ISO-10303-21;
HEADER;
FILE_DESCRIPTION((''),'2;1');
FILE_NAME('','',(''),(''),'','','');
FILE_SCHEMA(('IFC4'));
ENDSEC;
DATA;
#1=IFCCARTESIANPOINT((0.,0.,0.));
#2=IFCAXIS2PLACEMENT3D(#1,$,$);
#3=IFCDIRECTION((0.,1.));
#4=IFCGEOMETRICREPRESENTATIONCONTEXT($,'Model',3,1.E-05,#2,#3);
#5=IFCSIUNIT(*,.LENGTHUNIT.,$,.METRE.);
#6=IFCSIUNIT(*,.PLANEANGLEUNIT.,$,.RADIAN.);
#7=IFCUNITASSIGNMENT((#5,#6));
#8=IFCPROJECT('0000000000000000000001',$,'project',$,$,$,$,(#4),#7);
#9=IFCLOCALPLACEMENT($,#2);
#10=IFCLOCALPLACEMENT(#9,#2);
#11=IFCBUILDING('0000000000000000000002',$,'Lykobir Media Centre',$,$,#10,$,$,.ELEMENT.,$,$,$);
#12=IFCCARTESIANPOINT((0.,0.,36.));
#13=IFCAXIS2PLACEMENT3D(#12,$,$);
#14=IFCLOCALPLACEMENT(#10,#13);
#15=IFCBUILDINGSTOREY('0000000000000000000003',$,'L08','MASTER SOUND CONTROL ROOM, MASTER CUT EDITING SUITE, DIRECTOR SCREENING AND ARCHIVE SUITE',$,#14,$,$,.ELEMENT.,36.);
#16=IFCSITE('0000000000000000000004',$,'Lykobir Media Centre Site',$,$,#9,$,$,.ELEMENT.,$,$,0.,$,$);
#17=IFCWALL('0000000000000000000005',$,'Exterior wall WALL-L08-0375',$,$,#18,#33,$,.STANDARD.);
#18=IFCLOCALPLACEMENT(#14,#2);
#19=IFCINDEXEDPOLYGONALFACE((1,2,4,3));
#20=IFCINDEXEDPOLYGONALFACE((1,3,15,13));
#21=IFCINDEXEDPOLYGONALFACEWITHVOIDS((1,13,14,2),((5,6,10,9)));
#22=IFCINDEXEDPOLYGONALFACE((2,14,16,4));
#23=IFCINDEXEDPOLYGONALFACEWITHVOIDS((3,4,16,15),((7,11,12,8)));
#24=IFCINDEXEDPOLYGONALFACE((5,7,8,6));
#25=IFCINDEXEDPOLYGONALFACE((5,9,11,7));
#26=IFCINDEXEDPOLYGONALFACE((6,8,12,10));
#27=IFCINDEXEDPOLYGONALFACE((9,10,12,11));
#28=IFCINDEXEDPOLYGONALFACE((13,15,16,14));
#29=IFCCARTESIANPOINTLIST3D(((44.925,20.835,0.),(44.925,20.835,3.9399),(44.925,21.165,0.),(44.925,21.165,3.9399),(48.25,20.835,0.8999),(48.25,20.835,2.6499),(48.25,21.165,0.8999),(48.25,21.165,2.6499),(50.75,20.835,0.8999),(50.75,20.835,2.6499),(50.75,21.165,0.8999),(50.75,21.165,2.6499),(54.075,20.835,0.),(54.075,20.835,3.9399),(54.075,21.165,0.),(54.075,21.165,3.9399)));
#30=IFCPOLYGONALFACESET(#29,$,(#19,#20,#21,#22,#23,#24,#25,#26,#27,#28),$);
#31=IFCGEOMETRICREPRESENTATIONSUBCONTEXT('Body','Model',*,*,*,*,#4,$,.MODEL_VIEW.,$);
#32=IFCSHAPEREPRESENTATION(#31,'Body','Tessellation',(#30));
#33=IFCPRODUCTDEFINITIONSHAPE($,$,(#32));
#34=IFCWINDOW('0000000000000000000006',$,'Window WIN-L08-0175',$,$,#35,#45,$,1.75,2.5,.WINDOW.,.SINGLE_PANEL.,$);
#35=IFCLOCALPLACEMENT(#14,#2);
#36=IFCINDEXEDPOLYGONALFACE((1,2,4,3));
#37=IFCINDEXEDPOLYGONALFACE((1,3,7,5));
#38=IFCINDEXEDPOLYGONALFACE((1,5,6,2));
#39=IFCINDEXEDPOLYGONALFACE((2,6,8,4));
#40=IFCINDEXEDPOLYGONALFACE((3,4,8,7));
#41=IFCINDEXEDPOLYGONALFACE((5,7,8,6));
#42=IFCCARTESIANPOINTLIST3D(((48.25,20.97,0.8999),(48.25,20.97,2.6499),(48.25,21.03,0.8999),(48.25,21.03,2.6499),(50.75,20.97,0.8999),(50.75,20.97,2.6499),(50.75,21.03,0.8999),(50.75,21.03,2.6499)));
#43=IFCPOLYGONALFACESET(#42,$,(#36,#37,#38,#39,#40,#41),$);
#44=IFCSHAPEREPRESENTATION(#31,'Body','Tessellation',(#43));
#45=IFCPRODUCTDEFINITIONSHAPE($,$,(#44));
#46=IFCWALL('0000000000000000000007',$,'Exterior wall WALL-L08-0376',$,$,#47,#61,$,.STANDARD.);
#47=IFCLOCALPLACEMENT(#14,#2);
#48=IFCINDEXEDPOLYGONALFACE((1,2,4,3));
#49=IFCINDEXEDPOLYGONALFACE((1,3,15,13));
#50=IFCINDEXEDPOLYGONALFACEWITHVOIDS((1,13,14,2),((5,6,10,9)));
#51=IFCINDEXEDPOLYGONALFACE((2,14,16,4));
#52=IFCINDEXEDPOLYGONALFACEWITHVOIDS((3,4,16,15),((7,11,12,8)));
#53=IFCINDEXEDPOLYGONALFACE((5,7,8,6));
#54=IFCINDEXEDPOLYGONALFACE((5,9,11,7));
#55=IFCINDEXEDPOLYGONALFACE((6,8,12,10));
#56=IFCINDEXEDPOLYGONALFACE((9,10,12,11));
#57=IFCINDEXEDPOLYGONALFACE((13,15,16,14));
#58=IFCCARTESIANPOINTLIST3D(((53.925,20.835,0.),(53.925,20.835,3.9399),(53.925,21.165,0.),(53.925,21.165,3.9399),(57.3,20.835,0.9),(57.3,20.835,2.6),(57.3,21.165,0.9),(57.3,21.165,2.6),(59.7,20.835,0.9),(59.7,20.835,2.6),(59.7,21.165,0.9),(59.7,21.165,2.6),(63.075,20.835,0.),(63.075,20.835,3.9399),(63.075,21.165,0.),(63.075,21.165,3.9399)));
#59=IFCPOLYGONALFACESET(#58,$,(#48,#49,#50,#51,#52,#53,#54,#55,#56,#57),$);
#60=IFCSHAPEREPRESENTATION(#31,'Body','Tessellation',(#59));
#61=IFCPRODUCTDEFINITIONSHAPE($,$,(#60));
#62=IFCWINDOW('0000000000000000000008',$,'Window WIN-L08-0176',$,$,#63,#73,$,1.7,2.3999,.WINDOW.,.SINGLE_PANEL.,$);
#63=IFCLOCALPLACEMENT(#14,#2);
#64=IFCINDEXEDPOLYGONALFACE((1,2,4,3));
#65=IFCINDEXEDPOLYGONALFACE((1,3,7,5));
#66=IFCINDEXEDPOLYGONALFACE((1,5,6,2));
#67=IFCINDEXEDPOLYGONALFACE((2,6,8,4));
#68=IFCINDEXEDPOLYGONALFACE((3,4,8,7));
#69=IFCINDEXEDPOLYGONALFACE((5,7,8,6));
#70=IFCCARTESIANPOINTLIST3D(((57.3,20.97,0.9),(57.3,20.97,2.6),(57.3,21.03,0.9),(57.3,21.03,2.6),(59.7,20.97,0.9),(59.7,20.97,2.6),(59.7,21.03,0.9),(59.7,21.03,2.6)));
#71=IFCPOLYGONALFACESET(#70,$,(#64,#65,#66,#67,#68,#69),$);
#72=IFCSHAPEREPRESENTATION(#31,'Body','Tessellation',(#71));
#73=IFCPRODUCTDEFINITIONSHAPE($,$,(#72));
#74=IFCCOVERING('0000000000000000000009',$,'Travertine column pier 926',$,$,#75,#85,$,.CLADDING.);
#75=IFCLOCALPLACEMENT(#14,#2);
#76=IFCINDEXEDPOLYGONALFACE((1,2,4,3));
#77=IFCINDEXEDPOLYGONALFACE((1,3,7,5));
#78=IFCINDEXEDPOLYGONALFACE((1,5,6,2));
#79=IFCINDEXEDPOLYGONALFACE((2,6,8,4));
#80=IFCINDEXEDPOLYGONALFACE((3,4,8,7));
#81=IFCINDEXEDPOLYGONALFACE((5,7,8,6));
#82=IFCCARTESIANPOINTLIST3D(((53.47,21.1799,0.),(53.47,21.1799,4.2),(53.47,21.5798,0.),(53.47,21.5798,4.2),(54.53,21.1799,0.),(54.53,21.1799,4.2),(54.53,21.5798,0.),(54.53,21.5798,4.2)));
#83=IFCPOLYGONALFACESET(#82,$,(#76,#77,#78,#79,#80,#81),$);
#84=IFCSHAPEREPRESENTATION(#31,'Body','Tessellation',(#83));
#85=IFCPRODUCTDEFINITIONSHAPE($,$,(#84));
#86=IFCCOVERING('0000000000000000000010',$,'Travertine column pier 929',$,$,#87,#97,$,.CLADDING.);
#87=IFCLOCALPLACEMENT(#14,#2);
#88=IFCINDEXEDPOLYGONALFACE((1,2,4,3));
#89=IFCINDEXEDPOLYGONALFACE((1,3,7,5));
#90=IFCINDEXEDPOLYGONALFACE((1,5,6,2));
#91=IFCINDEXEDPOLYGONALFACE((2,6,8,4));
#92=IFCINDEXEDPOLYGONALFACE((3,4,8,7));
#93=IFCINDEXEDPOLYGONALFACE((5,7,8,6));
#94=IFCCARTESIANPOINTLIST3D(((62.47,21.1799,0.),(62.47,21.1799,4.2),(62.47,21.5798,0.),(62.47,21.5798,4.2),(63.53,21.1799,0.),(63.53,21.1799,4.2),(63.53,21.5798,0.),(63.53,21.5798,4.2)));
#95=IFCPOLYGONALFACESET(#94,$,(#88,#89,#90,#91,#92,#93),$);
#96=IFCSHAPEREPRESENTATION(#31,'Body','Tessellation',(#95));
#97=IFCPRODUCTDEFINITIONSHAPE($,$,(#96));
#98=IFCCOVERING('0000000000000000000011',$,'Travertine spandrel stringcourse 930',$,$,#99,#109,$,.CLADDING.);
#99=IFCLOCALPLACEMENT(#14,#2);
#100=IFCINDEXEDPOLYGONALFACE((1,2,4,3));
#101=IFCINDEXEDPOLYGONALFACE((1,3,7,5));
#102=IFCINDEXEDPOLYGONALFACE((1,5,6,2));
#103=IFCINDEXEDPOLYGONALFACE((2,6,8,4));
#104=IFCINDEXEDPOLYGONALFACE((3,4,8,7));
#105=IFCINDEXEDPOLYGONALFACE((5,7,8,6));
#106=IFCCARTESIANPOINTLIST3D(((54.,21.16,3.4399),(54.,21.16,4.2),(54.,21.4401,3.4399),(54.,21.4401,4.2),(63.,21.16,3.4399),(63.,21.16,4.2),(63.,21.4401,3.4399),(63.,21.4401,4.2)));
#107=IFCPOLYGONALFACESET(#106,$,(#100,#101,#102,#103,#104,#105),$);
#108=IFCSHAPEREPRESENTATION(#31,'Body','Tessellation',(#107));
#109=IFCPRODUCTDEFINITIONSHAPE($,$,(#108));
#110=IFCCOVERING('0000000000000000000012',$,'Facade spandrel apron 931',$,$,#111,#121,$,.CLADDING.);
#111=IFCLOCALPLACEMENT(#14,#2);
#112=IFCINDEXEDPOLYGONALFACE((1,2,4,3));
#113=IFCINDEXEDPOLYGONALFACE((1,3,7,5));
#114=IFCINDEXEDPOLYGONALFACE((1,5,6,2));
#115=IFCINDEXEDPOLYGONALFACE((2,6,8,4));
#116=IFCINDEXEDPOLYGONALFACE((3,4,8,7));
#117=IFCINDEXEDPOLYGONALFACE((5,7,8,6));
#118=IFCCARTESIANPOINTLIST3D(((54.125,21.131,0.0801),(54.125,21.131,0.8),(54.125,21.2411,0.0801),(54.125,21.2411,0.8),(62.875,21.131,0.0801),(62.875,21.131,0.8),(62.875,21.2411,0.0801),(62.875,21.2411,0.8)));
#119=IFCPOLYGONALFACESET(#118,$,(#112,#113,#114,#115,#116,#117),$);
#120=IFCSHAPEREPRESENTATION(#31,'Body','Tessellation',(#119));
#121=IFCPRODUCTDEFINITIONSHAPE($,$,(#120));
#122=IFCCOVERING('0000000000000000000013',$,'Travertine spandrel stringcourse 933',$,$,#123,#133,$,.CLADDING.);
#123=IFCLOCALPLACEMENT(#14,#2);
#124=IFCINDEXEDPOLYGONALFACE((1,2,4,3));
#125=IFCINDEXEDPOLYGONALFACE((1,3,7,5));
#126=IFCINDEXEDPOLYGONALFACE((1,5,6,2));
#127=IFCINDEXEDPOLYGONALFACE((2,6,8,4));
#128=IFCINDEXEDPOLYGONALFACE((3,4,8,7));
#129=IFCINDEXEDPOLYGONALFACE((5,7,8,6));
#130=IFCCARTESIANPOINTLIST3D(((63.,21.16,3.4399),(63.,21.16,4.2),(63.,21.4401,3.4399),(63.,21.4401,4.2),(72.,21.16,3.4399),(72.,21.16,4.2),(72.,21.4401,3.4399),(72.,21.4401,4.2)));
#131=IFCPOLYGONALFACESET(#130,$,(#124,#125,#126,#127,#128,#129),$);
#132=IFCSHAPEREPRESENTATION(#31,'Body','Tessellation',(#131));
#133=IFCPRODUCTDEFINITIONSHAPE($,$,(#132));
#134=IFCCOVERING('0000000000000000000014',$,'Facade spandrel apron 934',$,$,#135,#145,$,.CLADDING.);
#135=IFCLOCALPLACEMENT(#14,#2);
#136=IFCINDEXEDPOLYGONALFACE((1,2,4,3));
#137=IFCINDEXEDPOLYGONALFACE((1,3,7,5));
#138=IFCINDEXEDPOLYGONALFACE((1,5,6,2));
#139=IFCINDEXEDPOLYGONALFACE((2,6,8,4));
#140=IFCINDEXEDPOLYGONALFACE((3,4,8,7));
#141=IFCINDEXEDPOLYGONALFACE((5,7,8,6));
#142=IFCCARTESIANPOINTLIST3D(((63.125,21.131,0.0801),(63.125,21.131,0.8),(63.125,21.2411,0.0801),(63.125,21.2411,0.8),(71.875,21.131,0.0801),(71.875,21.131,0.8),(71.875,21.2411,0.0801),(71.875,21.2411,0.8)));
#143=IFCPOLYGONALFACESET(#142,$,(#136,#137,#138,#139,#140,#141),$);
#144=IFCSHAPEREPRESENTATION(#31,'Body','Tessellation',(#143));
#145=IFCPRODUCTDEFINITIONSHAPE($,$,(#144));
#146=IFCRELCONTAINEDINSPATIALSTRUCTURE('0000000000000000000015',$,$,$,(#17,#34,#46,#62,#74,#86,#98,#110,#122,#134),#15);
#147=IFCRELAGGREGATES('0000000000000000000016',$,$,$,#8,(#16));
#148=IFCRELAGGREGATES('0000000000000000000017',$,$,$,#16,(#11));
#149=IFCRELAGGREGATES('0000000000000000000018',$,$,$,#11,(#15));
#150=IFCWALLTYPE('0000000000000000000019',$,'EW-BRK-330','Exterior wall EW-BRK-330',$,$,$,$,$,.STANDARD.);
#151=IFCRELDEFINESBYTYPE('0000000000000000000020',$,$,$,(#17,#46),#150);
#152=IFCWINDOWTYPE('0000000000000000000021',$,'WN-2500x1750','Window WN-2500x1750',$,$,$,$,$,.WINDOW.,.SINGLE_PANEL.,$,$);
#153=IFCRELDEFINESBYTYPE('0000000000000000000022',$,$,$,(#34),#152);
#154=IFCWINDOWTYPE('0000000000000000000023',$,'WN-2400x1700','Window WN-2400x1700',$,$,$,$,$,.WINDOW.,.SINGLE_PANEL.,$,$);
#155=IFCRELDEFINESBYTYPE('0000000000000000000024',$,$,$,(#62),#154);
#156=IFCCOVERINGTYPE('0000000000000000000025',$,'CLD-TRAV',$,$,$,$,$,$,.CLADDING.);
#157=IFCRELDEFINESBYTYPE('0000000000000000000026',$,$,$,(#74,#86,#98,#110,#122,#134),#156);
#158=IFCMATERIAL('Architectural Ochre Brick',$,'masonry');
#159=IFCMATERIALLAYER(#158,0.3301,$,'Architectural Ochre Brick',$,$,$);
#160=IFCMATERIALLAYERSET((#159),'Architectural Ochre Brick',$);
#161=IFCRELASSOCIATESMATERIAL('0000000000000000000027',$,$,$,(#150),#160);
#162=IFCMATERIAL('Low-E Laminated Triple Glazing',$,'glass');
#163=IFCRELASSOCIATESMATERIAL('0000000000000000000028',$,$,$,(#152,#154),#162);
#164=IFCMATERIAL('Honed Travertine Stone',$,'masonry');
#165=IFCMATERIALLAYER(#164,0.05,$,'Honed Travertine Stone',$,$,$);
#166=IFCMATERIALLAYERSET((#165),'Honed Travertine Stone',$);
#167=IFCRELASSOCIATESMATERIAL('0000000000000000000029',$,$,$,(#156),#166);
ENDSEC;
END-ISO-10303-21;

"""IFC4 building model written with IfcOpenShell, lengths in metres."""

from ifc_helpers import new_model, si_unit, direction, frame, frame_2d, origin, origin_2d, place, context, subcontext, project, spatial, rectangle, extrude, material, layer, layer_set, type_object, element, fill, save


model = new_model("IFC4")

# Units and contexts
model_context = context("Model", 3, precision=1e-05, world=origin(), true_north=direction((0.0, 1.0)))
body_context = subcontext(model_context, "Body", "Model", "MODEL_VIEW")
ifc_project = project(units=[si_unit("LENGTHUNIT", "METRE"), si_unit("PLANEANGLEUNIT", "RADIAN")], contexts=[model_context])

# Site, building, storey
site_placement = place(None, origin())
site = spatial("IfcSite", under=ifc_project, at=site_placement, Name="Lykobir Media Centre Site", CompositionType="ELEMENT", RefElevation=0.0)
building_placement = place(site_placement, origin())
building = spatial("IfcBuilding", under=site, at=building_placement, Name="Lykobir Media Centre", CompositionType="ELEMENT")
storey_placement = place(building_placement, frame((0.0, 0.0, 36.0)))
storey = spatial("IfcBuildingStorey", under=building, at=storey_placement, Name="L08", Description="MASTER SOUND CONTROL ROOM, MASTER CUT EDITING SUITE, DIRECTOR SCREENING AND ARCHIVE SUITE", CompositionType="ELEMENT", Elevation=36.0)

# Walls, openings, windows
ifc_material_1 = material(Name="Architectural Ochre Brick", Category="masonry")
ifc_layer_1 = layer(ifc_material_1, 0.3301, Name="Architectural Ochre Brick")
ifc_layer_set_1 = layer_set([ifc_layer_1], Name="Architectural Ochre Brick")
wall_type = type_object("IfcWallType", Name="EW-BRK-330", Description="Exterior wall EW-BRK-330", PredefinedType="STANDARD", material=ifc_layer_set_1)
wall_1_placement = place(storey_placement, frame((54.075, 21.0, 0.0), z_axis=(0.0, 0.0, 1.0), x_axis=(-1.0, 0.0, 0.0)))
wall_1 = element("IfcWall", 1, at=wall_1_placement, inside=storey, type_object=wall_type, Name="Exterior wall WALL-L08-0375", PredefinedType="STANDARD", context=body_context, shape_type="SweptSolid", body=[
    extrude(rectangle(XDim=9.1499, YDim=0.3301, at=frame_2d((4.575, 0.0))), origin(), (0.0, 0.0, 1.0), 3.9399),
])
opening_1_placement = place(wall_1_placement, frame((3.325, 0.0, 0.8999)))
opening_1 = element("IfcOpeningElement", 2, at=opening_1_placement, cuts=wall_1, PredefinedType="OPENING", context=body_context, shape_type="SweptSolid", body=[
    extrude(rectangle(XDim=2.5, YDim=1.75, at=frame_2d((1.25, 0.875))), frame((0.0, 0.175, 0.0), z_axis=(0.0, -1.0, 0.0), x_axis=(1.0, 0.0, 0.0)), (0.0, 0.0, 1.0), 0.3501),
])
ifc_material_2 = material(Name="Low-E Laminated Triple Glazing", Category="glass")
window_type_1 = type_object("IfcWindowType", Name="WN-2500x1750", Description="Window WN-2500x1750", PartitioningType="SINGLE_PANEL", PredefinedType="WINDOW", material=ifc_material_2)
window_1_placement = place(opening_1_placement, origin())
window_1 = element("IfcWindow", 3, at=window_1_placement, inside=storey, type_object=window_type_1, Name="Window WIN-L08-0175", OverallHeight=1.75, OverallWidth=2.5, PartitioningType="SINGLE_PANEL", PredefinedType="WINDOW", context=body_context, shape_type="SweptSolid", body=[
    extrude(rectangle(XDim=2.5, YDim=1.75, at=frame_2d((1.25, 0.875))), frame((0.0, 0.03, 0.0), z_axis=(0.0, -1.0, 0.0), x_axis=(1.0, 0.0, 0.0)), (0.0, 0.0, 1.0), 0.0601),
])
fill(opening_1, window_1)
wall_2_placement = place(storey_placement, frame((63.075, 21.0, 0.0), z_axis=(0.0, 0.0, 1.0), x_axis=(-1.0, 0.0, 0.0)))
wall_2 = element("IfcWall", 4, at=wall_2_placement, inside=storey, type_object=wall_type, Name="Exterior wall WALL-L08-0376", PredefinedType="STANDARD", context=body_context, shape_type="SweptSolid", body=[
    extrude(rectangle(XDim=9.1499, YDim=0.3301, at=frame_2d((4.575, 0.0))), origin(), (0.0, 0.0, 1.0), 3.9399),
])
opening_2_placement = place(wall_2_placement, frame((3.375, 0.0, 0.8999)))
opening_2 = element("IfcOpeningElement", 5, at=opening_2_placement, cuts=wall_2, PredefinedType="OPENING", context=body_context, shape_type="SweptSolid", body=[
    extrude(rectangle(XDim=2.3999, YDim=1.7, at=frame_2d((1.2, 0.8501))), frame((0.0, 0.175, 0.0), z_axis=(0.0, -1.0, 0.0), x_axis=(1.0, 0.0, 0.0)), (0.0, 0.0, 1.0), 0.3501),
])
window_type_2 = type_object("IfcWindowType", Name="WN-2400x1700", Description="Window WN-2400x1700", PartitioningType="SINGLE_PANEL", PredefinedType="WINDOW", material=ifc_material_2)
window_2_placement = place(opening_2_placement, origin())
window_2 = element("IfcWindow", 6, at=window_2_placement, inside=storey, type_object=window_type_2, Name="Window WIN-L08-0176", OverallHeight=1.7, OverallWidth=2.3999, PartitioningType="SINGLE_PANEL", PredefinedType="WINDOW", context=body_context, shape_type="SweptSolid", body=[
    extrude(rectangle(XDim=2.3999, YDim=1.7, at=frame_2d((1.2, 0.8501))), frame((0.0, 0.03, 0.0), z_axis=(0.0, -1.0, 0.0), x_axis=(1.0, 0.0, 0.0)), (0.0, 0.0, 1.0), 0.0601),
])
fill(opening_2, window_2)

# Coverings
ifc_material_3 = material(Name="Honed Travertine Stone", Category="masonry")
ifc_layer_2 = layer(ifc_material_3, 0.05, Name="Honed Travertine Stone")
ifc_layer_set_2 = layer_set([ifc_layer_2], Name="Honed Travertine Stone")
covering_type = type_object("IfcCoveringType", Name="CLD-TRAV", PredefinedType="CLADDING", material=ifc_layer_set_2)
for number, where, z_axis, x_axis, name in (
    (7, (54.0, 21.3799, 0.0), (0.0, 0.0, 1.0), (-1.0, 0.0, 0.0), "Travertine column pier 926"),
    (8, (63.0, 21.3799, 0.0), (0.0, 0.0, 1.0), (-1.0, 0.0, 0.0), "Travertine column pier 929"),
):
    element("IfcCovering", number, at=place(storey_placement, frame(where, z_axis=z_axis, x_axis=x_axis)), inside=storey, type_object=covering_type, Name=name, PredefinedType="CLADDING", context=body_context, shape_type="SweptSolid", body=[
        extrude(rectangle(XDim=1.0601, YDim=0.3999, at=origin_2d()), origin(), (0.0, 0.0, 1.0), 4.2),
    ])
covering_1_placement = place(storey_placement, frame((58.5, 21.3, 3.4399), z_axis=(0.0, 0.0, 1.0), x_axis=(-1.0, 0.0, 0.0)))
element("IfcCovering", 9, at=covering_1_placement, inside=storey, type_object=covering_type, Name="Travertine spandrel stringcourse 930", PredefinedType="CLADDING", context=body_context, shape_type="SweptSolid", body=[
    extrude(rectangle(XDim=9.0, YDim=0.28, at=origin_2d()), origin(), (0.0, 0.0, 1.0), 0.76),
])
covering_2_placement = place(storey_placement, frame((58.5, 21.186, 0.0801), z_axis=(0.0, 0.0, 1.0), x_axis=(-1.0, 0.0, 0.0)))
element("IfcCovering", 10, at=covering_2_placement, inside=storey, type_object=covering_type, Name="Facade spandrel apron 931", PredefinedType="CLADDING", context=body_context, shape_type="SweptSolid", body=[
    extrude(rectangle(XDim=8.75, YDim=0.1101, at=origin_2d()), origin(), (0.0, 0.0, 1.0), 0.72),
])
covering_3_placement = place(storey_placement, frame((67.5, 21.3, 3.4399), z_axis=(0.0, 0.0, 1.0), x_axis=(-1.0, 0.0, 0.0)))
element("IfcCovering", 11, at=covering_3_placement, inside=storey, type_object=covering_type, Name="Travertine spandrel stringcourse 933", PredefinedType="CLADDING", context=body_context, shape_type="SweptSolid", body=[
    extrude(rectangle(XDim=9.0, YDim=0.28, at=origin_2d()), origin(), (0.0, 0.0, 1.0), 0.76),
])
covering_4_placement = place(storey_placement, frame((67.5, 21.186, 0.0801), z_axis=(0.0, 0.0, 1.0), x_axis=(-1.0, 0.0, 0.0)))
element("IfcCovering", 12, at=covering_4_placement, inside=storey, type_object=covering_type, Name="Facade spandrel apron 934", PredefinedType="CLADDING", context=body_context, shape_type="SweptSolid", body=[
    extrude(rectangle(XDim=8.75, YDim=0.1101, at=origin_2d()), origin(), (0.0, 0.0, 1.0), 0.72),
])

save(model, "model.ifc")
